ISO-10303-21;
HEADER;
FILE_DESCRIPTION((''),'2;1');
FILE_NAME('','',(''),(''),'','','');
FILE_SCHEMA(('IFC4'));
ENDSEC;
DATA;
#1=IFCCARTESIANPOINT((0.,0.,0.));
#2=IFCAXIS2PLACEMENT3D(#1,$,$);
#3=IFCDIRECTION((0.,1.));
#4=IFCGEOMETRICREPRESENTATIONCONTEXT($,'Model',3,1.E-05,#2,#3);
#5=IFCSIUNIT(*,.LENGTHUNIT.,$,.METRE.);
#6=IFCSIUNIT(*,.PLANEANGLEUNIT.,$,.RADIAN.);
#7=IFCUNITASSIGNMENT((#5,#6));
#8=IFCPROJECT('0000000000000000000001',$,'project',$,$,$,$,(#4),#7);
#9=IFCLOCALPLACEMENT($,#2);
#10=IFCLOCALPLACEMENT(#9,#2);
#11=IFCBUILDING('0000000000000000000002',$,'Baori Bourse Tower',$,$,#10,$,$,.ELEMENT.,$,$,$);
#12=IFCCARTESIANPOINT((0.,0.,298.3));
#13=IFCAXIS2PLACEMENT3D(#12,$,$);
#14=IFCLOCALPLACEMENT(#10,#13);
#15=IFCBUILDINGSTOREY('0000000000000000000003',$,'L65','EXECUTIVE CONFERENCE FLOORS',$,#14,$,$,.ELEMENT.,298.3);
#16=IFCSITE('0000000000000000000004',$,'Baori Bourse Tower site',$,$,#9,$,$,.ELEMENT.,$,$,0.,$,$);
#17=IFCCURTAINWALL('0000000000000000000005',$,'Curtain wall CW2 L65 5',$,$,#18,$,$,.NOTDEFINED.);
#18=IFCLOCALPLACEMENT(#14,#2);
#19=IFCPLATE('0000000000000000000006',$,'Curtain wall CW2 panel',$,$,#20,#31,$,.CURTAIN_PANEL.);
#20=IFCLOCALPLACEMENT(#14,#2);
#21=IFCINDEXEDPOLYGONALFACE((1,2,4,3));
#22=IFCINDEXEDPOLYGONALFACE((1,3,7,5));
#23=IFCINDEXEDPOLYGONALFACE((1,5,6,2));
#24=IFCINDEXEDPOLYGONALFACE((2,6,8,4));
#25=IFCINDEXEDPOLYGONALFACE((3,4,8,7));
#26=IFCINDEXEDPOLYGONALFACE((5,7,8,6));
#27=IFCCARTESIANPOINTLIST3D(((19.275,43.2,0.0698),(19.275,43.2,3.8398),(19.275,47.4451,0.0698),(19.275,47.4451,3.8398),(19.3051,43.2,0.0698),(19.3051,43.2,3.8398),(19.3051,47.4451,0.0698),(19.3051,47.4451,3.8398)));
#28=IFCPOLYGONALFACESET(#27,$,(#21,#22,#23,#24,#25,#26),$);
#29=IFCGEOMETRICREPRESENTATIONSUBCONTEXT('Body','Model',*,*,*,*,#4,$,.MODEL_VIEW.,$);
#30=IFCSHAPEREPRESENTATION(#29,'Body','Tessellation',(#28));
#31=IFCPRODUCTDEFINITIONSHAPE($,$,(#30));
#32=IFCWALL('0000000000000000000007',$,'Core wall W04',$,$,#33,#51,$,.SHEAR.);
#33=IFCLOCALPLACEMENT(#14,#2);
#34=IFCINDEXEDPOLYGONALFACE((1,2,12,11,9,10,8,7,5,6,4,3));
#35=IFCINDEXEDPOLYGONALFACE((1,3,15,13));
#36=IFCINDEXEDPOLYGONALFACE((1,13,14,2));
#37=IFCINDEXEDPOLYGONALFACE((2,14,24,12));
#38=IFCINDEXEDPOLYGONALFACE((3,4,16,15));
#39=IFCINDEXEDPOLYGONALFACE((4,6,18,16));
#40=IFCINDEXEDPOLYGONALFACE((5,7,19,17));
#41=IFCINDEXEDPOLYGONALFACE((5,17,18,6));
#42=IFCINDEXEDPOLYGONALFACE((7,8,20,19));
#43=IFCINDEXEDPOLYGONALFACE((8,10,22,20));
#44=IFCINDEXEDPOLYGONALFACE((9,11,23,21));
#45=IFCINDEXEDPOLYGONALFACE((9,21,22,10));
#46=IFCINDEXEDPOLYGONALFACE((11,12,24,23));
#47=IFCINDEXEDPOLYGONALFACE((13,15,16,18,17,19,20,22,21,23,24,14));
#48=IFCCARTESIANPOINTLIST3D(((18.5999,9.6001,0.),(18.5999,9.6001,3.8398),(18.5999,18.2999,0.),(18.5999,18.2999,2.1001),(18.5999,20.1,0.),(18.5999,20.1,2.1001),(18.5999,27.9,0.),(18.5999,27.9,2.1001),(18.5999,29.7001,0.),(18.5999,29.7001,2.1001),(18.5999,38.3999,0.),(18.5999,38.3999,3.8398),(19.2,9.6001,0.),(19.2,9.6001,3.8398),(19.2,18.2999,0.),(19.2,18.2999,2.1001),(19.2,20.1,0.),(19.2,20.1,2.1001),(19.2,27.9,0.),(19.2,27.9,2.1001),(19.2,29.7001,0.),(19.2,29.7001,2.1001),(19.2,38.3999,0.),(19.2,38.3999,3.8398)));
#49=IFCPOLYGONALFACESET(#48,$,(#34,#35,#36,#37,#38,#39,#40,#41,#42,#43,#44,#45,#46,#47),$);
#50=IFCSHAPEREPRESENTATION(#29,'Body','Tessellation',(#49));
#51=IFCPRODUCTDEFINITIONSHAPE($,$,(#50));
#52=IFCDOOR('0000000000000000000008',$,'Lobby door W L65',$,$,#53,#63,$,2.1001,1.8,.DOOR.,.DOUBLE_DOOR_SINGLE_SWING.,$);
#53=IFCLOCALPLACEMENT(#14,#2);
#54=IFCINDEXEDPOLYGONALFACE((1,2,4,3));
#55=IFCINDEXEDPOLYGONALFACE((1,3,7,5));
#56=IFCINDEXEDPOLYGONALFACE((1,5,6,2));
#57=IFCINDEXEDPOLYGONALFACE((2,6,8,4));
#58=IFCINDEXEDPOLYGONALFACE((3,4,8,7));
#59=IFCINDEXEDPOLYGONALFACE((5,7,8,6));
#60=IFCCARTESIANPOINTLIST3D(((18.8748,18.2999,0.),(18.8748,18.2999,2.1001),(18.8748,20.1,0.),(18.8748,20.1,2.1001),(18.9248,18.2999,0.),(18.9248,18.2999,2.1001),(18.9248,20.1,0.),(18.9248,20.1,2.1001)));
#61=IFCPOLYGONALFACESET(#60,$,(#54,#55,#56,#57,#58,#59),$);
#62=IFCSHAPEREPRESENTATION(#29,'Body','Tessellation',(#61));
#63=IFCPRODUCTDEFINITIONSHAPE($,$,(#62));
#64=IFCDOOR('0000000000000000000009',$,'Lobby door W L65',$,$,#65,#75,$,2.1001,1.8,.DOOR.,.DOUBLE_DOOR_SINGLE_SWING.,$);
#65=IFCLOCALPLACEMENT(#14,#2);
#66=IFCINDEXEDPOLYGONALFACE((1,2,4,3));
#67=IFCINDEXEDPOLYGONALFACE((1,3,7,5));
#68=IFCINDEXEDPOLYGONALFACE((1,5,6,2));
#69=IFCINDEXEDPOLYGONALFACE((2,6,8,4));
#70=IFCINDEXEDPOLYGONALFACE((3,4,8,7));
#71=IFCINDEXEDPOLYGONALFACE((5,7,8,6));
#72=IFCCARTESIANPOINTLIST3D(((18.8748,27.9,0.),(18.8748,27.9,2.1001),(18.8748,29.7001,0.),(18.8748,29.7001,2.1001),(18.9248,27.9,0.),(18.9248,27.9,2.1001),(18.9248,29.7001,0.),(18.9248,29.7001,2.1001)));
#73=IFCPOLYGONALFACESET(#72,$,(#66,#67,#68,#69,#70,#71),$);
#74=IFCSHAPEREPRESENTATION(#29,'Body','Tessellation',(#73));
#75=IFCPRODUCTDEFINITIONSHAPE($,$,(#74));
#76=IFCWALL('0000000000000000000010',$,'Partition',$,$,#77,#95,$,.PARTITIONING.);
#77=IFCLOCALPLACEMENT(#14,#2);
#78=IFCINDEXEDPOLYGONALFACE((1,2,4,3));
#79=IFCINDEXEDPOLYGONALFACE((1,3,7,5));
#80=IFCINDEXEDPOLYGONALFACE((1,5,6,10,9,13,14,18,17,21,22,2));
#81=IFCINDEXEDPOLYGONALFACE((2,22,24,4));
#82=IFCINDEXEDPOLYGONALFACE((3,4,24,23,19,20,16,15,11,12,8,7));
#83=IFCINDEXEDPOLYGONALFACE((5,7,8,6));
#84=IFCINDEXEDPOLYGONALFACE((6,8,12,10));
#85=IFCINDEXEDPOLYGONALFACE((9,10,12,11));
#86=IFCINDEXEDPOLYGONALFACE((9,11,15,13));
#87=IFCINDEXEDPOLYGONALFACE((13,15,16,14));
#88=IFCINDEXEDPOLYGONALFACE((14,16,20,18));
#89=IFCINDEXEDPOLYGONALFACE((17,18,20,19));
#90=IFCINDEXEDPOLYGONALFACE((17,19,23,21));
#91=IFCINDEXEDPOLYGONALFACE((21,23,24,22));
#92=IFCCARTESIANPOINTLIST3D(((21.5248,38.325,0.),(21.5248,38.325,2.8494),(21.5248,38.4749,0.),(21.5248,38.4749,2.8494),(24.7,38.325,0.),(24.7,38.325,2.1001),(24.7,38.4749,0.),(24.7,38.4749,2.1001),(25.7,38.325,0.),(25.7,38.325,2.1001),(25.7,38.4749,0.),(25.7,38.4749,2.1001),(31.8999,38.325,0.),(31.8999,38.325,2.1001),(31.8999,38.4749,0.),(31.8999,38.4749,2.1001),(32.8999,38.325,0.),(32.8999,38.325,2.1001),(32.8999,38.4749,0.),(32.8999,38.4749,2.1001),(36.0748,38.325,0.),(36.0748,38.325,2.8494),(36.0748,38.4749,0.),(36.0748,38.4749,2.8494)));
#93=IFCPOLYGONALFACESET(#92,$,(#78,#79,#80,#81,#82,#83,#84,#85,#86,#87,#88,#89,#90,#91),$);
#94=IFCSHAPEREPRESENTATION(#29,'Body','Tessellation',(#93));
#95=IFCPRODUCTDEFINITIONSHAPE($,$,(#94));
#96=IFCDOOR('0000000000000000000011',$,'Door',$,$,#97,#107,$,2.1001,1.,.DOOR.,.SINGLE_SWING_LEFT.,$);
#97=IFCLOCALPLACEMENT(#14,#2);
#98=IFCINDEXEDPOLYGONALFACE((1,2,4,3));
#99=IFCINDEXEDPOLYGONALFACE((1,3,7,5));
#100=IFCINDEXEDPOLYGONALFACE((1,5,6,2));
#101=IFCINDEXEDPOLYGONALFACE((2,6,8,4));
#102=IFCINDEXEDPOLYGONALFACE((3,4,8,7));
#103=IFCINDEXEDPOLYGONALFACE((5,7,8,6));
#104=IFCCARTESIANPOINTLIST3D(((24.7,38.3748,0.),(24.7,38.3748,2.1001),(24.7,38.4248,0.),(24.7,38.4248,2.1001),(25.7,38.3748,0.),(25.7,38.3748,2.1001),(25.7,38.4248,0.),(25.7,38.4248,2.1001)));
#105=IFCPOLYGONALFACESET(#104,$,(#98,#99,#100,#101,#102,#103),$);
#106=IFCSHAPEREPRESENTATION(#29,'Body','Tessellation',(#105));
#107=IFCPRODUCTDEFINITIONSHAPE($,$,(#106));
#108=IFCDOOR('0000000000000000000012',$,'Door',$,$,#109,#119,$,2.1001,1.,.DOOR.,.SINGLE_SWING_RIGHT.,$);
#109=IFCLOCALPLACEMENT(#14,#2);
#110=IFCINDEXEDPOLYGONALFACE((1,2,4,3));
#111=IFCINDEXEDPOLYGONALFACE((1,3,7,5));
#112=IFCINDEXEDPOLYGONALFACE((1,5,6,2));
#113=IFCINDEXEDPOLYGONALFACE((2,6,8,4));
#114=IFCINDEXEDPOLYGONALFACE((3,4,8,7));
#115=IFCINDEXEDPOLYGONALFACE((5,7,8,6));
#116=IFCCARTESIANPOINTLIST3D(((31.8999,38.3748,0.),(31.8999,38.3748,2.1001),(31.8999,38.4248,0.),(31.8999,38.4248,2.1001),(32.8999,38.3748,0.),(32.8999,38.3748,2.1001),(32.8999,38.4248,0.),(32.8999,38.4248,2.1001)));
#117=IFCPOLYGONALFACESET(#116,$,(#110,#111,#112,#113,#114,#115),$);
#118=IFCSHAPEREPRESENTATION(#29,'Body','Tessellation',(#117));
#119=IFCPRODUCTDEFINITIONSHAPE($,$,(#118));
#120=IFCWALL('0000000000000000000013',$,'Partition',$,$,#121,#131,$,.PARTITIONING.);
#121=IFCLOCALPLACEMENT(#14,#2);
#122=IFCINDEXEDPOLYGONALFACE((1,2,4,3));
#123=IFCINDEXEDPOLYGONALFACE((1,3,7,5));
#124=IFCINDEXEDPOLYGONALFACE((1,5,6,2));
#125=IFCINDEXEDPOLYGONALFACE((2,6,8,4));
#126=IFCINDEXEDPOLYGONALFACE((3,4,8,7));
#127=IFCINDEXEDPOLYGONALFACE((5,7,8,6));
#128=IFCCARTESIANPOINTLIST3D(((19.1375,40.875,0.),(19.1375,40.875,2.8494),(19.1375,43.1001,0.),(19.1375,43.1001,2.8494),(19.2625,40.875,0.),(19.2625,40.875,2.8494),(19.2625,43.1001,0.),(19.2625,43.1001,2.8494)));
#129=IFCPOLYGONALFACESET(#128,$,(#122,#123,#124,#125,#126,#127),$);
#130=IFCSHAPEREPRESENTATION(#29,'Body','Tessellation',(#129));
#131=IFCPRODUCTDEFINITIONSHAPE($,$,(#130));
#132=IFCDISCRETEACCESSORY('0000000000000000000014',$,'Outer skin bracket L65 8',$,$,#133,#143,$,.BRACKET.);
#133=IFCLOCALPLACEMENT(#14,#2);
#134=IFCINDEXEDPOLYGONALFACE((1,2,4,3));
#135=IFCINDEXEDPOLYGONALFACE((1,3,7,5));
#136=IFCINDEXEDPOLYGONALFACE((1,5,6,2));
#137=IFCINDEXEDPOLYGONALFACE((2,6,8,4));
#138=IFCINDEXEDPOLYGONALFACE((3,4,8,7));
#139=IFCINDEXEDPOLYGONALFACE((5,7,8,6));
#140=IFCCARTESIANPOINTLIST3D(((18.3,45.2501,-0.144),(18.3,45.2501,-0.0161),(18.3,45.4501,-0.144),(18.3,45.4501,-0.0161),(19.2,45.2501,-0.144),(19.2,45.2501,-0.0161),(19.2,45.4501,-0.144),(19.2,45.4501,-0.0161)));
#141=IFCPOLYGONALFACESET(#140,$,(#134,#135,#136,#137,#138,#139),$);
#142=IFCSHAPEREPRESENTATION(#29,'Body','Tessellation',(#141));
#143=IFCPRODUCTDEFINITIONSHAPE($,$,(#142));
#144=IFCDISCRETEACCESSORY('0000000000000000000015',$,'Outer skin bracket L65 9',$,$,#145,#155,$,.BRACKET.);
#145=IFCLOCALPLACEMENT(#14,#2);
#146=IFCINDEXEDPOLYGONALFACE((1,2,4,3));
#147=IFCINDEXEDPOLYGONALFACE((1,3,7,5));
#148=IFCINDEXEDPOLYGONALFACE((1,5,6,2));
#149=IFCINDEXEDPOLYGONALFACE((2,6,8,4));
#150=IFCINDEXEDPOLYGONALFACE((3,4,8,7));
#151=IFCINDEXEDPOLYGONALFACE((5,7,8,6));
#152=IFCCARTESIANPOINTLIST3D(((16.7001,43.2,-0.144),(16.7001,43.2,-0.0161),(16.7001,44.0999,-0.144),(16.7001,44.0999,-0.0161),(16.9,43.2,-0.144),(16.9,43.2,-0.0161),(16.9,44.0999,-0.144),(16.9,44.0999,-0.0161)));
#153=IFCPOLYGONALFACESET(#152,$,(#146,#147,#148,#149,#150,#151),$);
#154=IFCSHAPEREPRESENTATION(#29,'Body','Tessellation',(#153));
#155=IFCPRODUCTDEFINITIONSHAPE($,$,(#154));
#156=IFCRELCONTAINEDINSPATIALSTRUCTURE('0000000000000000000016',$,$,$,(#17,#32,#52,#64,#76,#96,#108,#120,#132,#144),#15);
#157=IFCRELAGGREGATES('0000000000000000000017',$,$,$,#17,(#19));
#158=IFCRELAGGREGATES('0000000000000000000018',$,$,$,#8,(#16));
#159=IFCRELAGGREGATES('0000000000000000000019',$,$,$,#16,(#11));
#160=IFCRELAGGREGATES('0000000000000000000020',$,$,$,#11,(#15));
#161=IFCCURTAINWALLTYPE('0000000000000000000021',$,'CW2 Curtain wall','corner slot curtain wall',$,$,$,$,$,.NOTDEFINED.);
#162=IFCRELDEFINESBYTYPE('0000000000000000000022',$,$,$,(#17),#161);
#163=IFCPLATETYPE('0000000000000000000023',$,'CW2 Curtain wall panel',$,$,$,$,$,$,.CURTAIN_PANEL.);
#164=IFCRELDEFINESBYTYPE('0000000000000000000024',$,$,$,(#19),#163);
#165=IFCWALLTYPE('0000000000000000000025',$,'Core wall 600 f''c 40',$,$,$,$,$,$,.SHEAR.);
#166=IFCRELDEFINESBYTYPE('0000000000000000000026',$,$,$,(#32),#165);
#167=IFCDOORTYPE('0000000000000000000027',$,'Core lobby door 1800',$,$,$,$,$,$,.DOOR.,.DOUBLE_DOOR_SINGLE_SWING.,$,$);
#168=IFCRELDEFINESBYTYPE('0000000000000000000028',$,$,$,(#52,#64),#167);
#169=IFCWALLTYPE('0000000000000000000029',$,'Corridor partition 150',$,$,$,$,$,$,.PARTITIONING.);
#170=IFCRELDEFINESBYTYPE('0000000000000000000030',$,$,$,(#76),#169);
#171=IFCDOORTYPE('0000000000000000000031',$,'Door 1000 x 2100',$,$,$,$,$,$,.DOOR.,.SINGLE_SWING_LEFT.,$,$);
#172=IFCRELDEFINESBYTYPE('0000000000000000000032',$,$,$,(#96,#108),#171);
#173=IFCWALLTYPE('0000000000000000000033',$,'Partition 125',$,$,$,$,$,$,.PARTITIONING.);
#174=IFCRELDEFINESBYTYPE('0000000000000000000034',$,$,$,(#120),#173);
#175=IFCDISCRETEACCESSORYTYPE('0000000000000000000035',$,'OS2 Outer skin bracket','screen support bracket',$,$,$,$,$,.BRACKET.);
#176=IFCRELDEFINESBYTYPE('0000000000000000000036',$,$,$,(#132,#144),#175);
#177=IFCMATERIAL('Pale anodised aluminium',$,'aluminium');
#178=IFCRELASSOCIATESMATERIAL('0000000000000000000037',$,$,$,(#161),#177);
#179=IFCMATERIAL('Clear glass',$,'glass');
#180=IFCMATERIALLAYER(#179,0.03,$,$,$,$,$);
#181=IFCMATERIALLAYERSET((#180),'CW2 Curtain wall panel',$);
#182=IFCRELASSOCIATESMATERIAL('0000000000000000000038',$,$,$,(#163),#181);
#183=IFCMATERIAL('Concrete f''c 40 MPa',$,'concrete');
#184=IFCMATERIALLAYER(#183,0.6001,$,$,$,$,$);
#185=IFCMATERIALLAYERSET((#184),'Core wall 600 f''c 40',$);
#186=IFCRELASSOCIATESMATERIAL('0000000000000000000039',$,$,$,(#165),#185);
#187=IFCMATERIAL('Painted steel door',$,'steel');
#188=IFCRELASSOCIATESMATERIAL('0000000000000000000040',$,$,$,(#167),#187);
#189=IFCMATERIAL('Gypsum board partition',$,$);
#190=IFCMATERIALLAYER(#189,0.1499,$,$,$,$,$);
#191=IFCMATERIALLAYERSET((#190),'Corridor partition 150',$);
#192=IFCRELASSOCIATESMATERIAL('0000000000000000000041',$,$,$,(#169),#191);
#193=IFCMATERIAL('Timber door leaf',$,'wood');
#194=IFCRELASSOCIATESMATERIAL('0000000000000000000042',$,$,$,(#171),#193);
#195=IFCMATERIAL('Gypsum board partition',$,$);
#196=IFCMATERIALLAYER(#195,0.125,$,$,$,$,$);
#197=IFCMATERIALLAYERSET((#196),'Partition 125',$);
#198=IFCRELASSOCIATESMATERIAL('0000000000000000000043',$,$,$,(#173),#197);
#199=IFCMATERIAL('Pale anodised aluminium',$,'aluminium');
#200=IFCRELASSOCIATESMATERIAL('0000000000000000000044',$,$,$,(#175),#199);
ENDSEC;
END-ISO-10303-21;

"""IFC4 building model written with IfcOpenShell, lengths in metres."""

from ifc_helpers import new_model, si_unit, direction, frame, frame_2d, origin, origin_2d, place, context, subcontext, project, spatial, rectangle, extrude, material, layer, layer_set, type_object, element, fill, aggregate, save


model = new_model("IFC4")

# Units and contexts
model_context = context("Model", 3, precision=1e-05, world=origin(), true_north=direction((0.0, 1.0)))
body_context = subcontext(model_context, "Body", "Model", "MODEL_VIEW")
ifc_project = project(units=[si_unit("LENGTHUNIT", "METRE"), si_unit("PLANEANGLEUNIT", "RADIAN")], contexts=[model_context])

# Site, building, storey
site_placement = place(None, origin())
site = spatial("IfcSite", under=ifc_project, at=site_placement, Name="Baori Bourse Tower site", CompositionType="ELEMENT", RefElevation=0.0)
building_placement = place(site_placement, origin())
building = spatial("IfcBuilding", under=site, at=building_placement, Name="Baori Bourse Tower", CompositionType="ELEMENT")
storey_placement = place(building_placement, frame((0.0, 0.0, 298.3)))
storey = spatial("IfcBuildingStorey", under=building, at=storey_placement, Name="L65", Description="EXECUTIVE CONFERENCE FLOORS", CompositionType="ELEMENT", Elevation=298.3)

# Curtain wall
ifc_material_1 = material(Name="Pale anodised aluminium", Category="aluminium")
curtain_wall_type = type_object("IfcCurtainWallType", Name="CW2 Curtain wall", Description="corner slot curtain wall", PredefinedType="NOTDEFINED", material=ifc_material_1)
curtain_wall_1_placement = place(storey_placement, origin())
curtain_wall_1 = element("IfcCurtainWall", 1, at=curtain_wall_1_placement, inside=storey, type_object=curtain_wall_type, Name="Curtain wall CW2 L65 5", PredefinedType="NOTDEFINED")

# Plate
ifc_material_2 = material(Name="Clear glass", Category="glass")
ifc_layer_1 = layer(ifc_material_2, 0.03)
ifc_layer_set_1 = layer_set([ifc_layer_1], Name="CW2 Curtain wall panel")
plate_type = type_object("IfcPlateType", Name="CW2 Curtain wall panel", PredefinedType="CURTAIN_PANEL", material=ifc_layer_set_1)
plate_placement = place(storey_placement, frame((19.29, 45.3225, 0.0698), z_axis=(0.0, 0.0, 1.0), x_axis=(0.0, -1.0, 0.0)))
plate = element("IfcPlate", 2, at=plate_placement, type_object=plate_type, Name="Curtain wall CW2 panel", PredefinedType="CURTAIN_PANEL", context=body_context, shape_type="SweptSolid", body=[
    extrude(rectangle(XDim=4.2451, YDim=0.03, at=origin_2d()), origin(), (0.0, 0.0, 1.0), 3.77),
])
aggregate(curtain_wall_1, [plate])

# Walls, openings, doors
ifc_material_3 = material(Name="Concrete f'c 40 MPa", Category="concrete")
ifc_layer_2 = layer(ifc_material_3, 0.6001)
ifc_layer_set_2 = layer_set([ifc_layer_2], Name="Core wall 600 f'c 40")
wall_type_1 = type_object("IfcWallType", Name="Core wall 600 f'c 40", PredefinedType="SHEAR", material=ifc_layer_set_2)
wall_1_placement = place(storey_placement, frame((18.8999, 38.3999, 0.0), z_axis=(0.0, 0.0, 1.0), x_axis=(0.0, -1.0, 0.0)))
wall_1 = element("IfcWall", 3, at=wall_1_placement, inside=storey, type_object=wall_type_1, Name="Core wall W04", PredefinedType="SHEAR", context=body_context, shape_type="SweptSolid", body=[
    extrude(rectangle(XDim=28.7998, YDim=0.6001, at=frame_2d((14.3999, 0.0))), origin(), (0.0, 0.0, 1.0), 3.8398),
])
opening_1_placement = place(wall_1_placement, frame((18.3, 0.0, 0.0)))
opening_1 = element("IfcOpeningElement", 4, at=opening_1_placement, cuts=wall_1, PredefinedType="OPENING", context=body_context, shape_type="SweptSolid", body=[
    extrude(rectangle(XDim=1.8, YDim=2.1001, at=frame_2d((0.8999, 1.05))), frame((0.0, 0.3101, 0.0), z_axis=(0.0, -1.0, 0.0), x_axis=(1.0, 0.0, 0.0)), (0.0, 0.0, 1.0), 0.6201),
])
opening_2_placement = place(wall_1_placement, frame((8.7, 0.0, 0.0)))
opening_2 = element("IfcOpeningElement", 5, at=opening_2_placement, cuts=wall_1, PredefinedType="OPENING", context=body_context, shape_type="SweptSolid", body=[
    extrude(rectangle(XDim=1.8, YDim=2.1001, at=frame_2d((0.8999, 1.05))), frame((0.0, 0.3101, 0.0), z_axis=(0.0, -1.0, 0.0), x_axis=(1.0, 0.0, 0.0)), (0.0, 0.0, 1.0), 0.6201),
])
ifc_material_4 = material(Name="Painted steel door", Category="steel")
door_type_1 = type_object("IfcDoorType", Name="Core lobby door 1800", OperationType="DOUBLE_DOOR_SINGLE_SWING", PredefinedType="DOOR", material=ifc_material_4)
door_1_placement = place(opening_1_placement, origin())
door_1 = element("IfcDoor", 6, at=door_1_placement, inside=storey, type_object=door_type_1, Name="Lobby door W L65", OperationType="DOUBLE_DOOR_SINGLE_SWING", OverallHeight=2.1001, OverallWidth=1.8, PredefinedType="DOOR", context=body_context, shape_type="SweptSolid", body=[
    extrude(rectangle(XDim=1.8, YDim=2.1001, at=frame_2d((0.8999, 1.05))), frame((0.0, 0.0249, 0.0), z_axis=(0.0, -1.0, 0.0), x_axis=(1.0, 0.0, 0.0)), (0.0, 0.0, 1.0), 0.05),
])
fill(opening_1, door_1)
door_2_placement = place(opening_2_placement, origin())
door_2 = element("IfcDoor", 7, at=door_2_placement, inside=storey, type_object=door_type_1, Name="Lobby door W L65", OperationType="DOUBLE_DOOR_SINGLE_SWING", OverallHeight=2.1001, OverallWidth=1.8, PredefinedType="DOOR", context=body_context, shape_type="SweptSolid", body=[
    extrude(rectangle(XDim=1.8, YDim=2.1001, at=frame_2d((0.8999, 1.05))), frame((0.0, 0.0249, 0.0), z_axis=(0.0, -1.0, 0.0), x_axis=(1.0, 0.0, 0.0)), (0.0, 0.0, 1.0), 0.05),
])
fill(opening_2, door_2)
ifc_material_5 = material(Name="Gypsum board partition")
ifc_layer_3 = layer(ifc_material_5, 0.1499)
ifc_layer_set_3 = layer_set([ifc_layer_3], Name="Corridor partition 150")
wall_type_2 = type_object("IfcWallType", Name="Corridor partition 150", PredefinedType="PARTITIONING", material=ifc_layer_set_3)
wall_2_placement = place(storey_placement, frame((21.5249, 38.3999, 0.0), z_axis=(0.0, 0.0, 1.0), x_axis=(1.0, 0.0, 0.0)))
wall_2 = element("IfcWall", 8, at=wall_2_placement, inside=storey, type_object=wall_type_2, Name="Partition", PredefinedType="PARTITIONING", context=body_context, shape_type="SweptSolid", body=[
    extrude(rectangle(XDim=14.55, YDim=0.1499, at=frame_2d((7.2749, 0.0))), origin(), (0.0, 0.0, 1.0), 2.8494),
])
opening_3_placement = place(wall_2_placement, frame((3.175, 0.0, 0.0)))
opening_3 = element("IfcOpeningElement", 9, at=opening_3_placement, cuts=wall_2, PredefinedType="OPENING", context=body_context, shape_type="SweptSolid", body=[
    extrude(rectangle(XDim=1.0, YDim=2.1001, at=frame_2d((0.5, 1.05))), frame((0.0, 0.085, 0.0), z_axis=(0.0, -1.0, 0.0), x_axis=(1.0, 0.0, 0.0)), (0.0, 0.0, 1.0), 0.1699),
])
opening_4_placement = place(wall_2_placement, frame((10.375, 0.0, 0.0)))
opening_4 = element("IfcOpeningElement", 10, at=opening_4_placement, cuts=wall_2, PredefinedType="OPENING", context=body_context, shape_type="SweptSolid", body=[
    extrude(rectangle(XDim=1.0, YDim=2.1001, at=frame_2d((0.5, 1.05))), frame((0.0, 0.085, 0.0), z_axis=(0.0, -1.0, 0.0), x_axis=(1.0, 0.0, 0.0)), (0.0, 0.0, 1.0), 0.1699),
])
ifc_material_6 = material(Name="Timber door leaf", Category="wood")
door_type_2 = type_object("IfcDoorType", Name="Door 1000 x 2100", OperationType="SINGLE_SWING_LEFT", PredefinedType="DOOR", material=ifc_material_6)
door_3_placement = place(opening_3_placement, origin())
door_3 = element("IfcDoor", 11, at=door_3_placement, inside=storey, type_object=door_type_2, Name="Door", OperationType="SINGLE_SWING_LEFT", OverallHeight=2.1001, OverallWidth=1.0, PredefinedType="DOOR", context=body_context, shape_type="SweptSolid", body=[
    extrude(rectangle(XDim=1.0, YDim=2.1001, at=frame_2d((0.5, 1.05))), frame((0.0, 0.0249, 0.0), z_axis=(0.0, -1.0, 0.0), x_axis=(1.0, 0.0, 0.0)), (0.0, 0.0, 1.0), 0.05),
])
fill(opening_3, door_3)
door_4_placement = place(opening_4_placement, origin())
door_4 = element("IfcDoor", 12, at=door_4_placement, inside=storey, type_object=door_type_2, Name="Door", OperationType="SINGLE_SWING_RIGHT", OverallHeight=2.1001, OverallWidth=1.0, PredefinedType="DOOR", context=body_context, shape_type="SweptSolid", body=[
    extrude(rectangle(XDim=1.0, YDim=2.1001, at=frame_2d((0.5, 1.05))), frame((0.0, 0.0249, 0.0), z_axis=(0.0, -1.0, 0.0), x_axis=(1.0, 0.0, 0.0)), (0.0, 0.0, 1.0), 0.05),
])
fill(opening_4, door_4)

# Wall
ifc_material_7 = material(Name="Gypsum board partition")
ifc_layer_4 = layer(ifc_material_7, 0.125)
ifc_layer_set_4 = layer_set([ifc_layer_4], Name="Partition 125")
wall_type_3 = type_object("IfcWallType", Name="Partition 125", PredefinedType="PARTITIONING", material=ifc_layer_set_4)
wall_3_placement = place(storey_placement, frame((19.2, 40.875, 0.0), z_axis=(0.0, 0.0, 1.0), x_axis=(0.0, 1.0, 0.0)))
element("IfcWall", 13, at=wall_3_placement, inside=storey, type_object=wall_type_3, Name="Partition", PredefinedType="PARTITIONING", context=body_context, shape_type="SweptSolid", body=[
    extrude(rectangle(XDim=2.2251, YDim=0.125, at=frame_2d((1.1125, 0.0))), origin(), (0.0, 0.0, 1.0), 2.8494),
])

# Discrete accessories
ifc_material_8 = material(Name="Pale anodised aluminium", Category="aluminium")
discrete_accessory_type = type_object("IfcDiscreteAccessoryType", Name="OS2 Outer skin bracket", Description="screen support bracket", PredefinedType="BRACKET", material=ifc_material_8)
for number, where, z_axis, x_axis, name in (
    (14, (18.75, 45.3501, -0.144), (0.0, 0.0, 1.0), (0.0, -1.0, 0.0), "Outer skin bracket L65 8"),
    (15, (16.8, 43.6499, -0.144), (0.0, 0.0, 1.0), (-1.0, 0.0, 0.0), "Outer skin bracket L65 9"),
):
    element("IfcDiscreteAccessory", number, at=place(storey_placement, frame(where, z_axis=z_axis, x_axis=x_axis)), inside=storey, type_object=discrete_accessory_type, Name=name, PredefinedType="BRACKET", context=body_context, shape_type="SweptSolid", body=[
        extrude(rectangle(XDim=0.2, YDim=0.8999, at=origin_2d()), origin(), (0.0, 0.0, 1.0), 0.1279),
    ])

save(model, "model.ifc")
